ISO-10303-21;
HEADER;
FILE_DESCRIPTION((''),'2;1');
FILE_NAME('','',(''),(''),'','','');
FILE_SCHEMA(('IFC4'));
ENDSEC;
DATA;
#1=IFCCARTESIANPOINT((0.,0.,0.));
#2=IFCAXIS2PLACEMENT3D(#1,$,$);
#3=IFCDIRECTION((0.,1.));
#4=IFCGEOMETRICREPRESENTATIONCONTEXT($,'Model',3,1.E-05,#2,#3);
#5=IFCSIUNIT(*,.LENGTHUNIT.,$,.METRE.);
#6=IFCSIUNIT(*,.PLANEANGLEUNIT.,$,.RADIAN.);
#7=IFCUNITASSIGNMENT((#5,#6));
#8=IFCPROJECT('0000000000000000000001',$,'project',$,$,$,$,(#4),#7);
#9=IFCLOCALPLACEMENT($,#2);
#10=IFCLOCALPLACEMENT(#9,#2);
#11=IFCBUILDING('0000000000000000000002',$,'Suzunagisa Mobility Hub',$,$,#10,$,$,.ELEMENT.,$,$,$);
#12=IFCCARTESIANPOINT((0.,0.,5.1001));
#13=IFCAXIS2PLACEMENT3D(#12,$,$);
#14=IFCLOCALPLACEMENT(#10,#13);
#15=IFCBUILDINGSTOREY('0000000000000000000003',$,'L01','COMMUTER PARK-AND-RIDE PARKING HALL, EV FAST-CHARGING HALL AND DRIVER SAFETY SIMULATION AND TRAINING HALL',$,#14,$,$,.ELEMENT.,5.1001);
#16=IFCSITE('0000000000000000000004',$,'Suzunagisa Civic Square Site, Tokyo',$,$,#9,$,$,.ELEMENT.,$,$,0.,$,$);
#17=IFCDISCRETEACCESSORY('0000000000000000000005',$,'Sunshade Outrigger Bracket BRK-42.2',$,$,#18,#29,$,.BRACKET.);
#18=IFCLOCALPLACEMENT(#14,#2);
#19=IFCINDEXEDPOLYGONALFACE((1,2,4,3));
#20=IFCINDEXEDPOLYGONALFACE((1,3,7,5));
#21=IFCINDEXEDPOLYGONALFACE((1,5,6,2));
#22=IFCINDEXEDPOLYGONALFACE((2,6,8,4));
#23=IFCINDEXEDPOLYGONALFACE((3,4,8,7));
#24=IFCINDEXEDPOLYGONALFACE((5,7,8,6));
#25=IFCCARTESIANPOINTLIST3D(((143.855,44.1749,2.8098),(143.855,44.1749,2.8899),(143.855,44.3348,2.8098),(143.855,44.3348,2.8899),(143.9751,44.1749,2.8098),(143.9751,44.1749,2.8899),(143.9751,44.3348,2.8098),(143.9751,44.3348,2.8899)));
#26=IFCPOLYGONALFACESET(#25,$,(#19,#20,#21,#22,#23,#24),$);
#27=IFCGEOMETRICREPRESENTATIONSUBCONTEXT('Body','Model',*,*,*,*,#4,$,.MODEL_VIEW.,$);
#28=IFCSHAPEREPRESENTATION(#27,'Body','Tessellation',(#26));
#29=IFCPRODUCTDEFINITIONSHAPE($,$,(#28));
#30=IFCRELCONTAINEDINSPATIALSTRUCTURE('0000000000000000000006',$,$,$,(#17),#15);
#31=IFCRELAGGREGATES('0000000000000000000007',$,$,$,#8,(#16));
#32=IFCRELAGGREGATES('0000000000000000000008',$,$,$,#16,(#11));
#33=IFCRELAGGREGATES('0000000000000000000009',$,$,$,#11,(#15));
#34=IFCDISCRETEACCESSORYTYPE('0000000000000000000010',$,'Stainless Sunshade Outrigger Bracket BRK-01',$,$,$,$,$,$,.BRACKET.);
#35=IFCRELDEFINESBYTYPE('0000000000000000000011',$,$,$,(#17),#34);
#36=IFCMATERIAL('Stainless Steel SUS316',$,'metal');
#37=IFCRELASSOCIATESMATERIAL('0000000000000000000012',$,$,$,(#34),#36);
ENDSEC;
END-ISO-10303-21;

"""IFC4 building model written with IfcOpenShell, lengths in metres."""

from ifc_helpers import new_model, si_unit, direction, frame, origin, origin_2d, place, context, subcontext, project, spatial, rectangle, extrude, material, type_object, element, save


model = new_model("IFC4")

# Units and contexts
model_context = context("Model", 3, precision=1e-05, world=origin(), true_north=direction((0.0, 1.0)))
body_context = subcontext(model_context, "Body", "Model", "MODEL_VIEW")
ifc_project = project(units=[si_unit("LENGTHUNIT", "METRE"), si_unit("PLANEANGLEUNIT", "RADIAN")], contexts=[model_context])

# Site, building, storey
site_placement = place(None, origin())
site = spatial("IfcSite", under=ifc_project, at=site_placement, Name="Suzunagisa Civic Square Site, Tokyo", CompositionType="ELEMENT", RefElevation=0.0)
building_placement = place(site_placement, origin())
building = spatial("IfcBuilding", under=site, at=building_placement, Name="Suzunagisa Mobility Hub", CompositionType="ELEMENT")
storey_placement = place(building_placement, frame((0.0, 0.0, 5.1001)))
storey = spatial("IfcBuildingStorey", under=building, at=storey_placement, Name="L01", Description="COMMUTER PARK-AND-RIDE PARKING HALL, EV FAST-CHARGING HALL AND DRIVER SAFETY SIMULATION AND TRAINING HALL", CompositionType="ELEMENT", Elevation=5.1001)

# Discrete accessory
ifc_material_1 = material(Name="Stainless Steel SUS316", Category="metal")
discrete_accessory_type = type_object("IfcDiscreteAccessoryType", Name="Stainless Sunshade Outrigger Bracket BRK-01", PredefinedType="BRACKET", material=ifc_material_1)
for number, where, z_axis, x_axis, name in (
    (1, (143.915, 44.2549, 2.8098), (0.0, 0.0, 1.0), (0.0, -1.0, 0.0), "Sunshade Outrigger Bracket BRK-42.2"),
):
    element("IfcDiscreteAccessory", number, at=place(storey_placement, frame(where, z_axis=z_axis, x_axis=x_axis)), inside=storey, type_object=discrete_accessory_type, Name=name, PredefinedType="BRACKET", context=body_context, shape_type="SweptSolid", body=[
        extrude(rectangle(XDim=0.1599, YDim=0.1201, at=origin_2d()), origin(), (0.0, 0.0, 1.0), 0.0801),
    ])

save(model, "model.ifc")
